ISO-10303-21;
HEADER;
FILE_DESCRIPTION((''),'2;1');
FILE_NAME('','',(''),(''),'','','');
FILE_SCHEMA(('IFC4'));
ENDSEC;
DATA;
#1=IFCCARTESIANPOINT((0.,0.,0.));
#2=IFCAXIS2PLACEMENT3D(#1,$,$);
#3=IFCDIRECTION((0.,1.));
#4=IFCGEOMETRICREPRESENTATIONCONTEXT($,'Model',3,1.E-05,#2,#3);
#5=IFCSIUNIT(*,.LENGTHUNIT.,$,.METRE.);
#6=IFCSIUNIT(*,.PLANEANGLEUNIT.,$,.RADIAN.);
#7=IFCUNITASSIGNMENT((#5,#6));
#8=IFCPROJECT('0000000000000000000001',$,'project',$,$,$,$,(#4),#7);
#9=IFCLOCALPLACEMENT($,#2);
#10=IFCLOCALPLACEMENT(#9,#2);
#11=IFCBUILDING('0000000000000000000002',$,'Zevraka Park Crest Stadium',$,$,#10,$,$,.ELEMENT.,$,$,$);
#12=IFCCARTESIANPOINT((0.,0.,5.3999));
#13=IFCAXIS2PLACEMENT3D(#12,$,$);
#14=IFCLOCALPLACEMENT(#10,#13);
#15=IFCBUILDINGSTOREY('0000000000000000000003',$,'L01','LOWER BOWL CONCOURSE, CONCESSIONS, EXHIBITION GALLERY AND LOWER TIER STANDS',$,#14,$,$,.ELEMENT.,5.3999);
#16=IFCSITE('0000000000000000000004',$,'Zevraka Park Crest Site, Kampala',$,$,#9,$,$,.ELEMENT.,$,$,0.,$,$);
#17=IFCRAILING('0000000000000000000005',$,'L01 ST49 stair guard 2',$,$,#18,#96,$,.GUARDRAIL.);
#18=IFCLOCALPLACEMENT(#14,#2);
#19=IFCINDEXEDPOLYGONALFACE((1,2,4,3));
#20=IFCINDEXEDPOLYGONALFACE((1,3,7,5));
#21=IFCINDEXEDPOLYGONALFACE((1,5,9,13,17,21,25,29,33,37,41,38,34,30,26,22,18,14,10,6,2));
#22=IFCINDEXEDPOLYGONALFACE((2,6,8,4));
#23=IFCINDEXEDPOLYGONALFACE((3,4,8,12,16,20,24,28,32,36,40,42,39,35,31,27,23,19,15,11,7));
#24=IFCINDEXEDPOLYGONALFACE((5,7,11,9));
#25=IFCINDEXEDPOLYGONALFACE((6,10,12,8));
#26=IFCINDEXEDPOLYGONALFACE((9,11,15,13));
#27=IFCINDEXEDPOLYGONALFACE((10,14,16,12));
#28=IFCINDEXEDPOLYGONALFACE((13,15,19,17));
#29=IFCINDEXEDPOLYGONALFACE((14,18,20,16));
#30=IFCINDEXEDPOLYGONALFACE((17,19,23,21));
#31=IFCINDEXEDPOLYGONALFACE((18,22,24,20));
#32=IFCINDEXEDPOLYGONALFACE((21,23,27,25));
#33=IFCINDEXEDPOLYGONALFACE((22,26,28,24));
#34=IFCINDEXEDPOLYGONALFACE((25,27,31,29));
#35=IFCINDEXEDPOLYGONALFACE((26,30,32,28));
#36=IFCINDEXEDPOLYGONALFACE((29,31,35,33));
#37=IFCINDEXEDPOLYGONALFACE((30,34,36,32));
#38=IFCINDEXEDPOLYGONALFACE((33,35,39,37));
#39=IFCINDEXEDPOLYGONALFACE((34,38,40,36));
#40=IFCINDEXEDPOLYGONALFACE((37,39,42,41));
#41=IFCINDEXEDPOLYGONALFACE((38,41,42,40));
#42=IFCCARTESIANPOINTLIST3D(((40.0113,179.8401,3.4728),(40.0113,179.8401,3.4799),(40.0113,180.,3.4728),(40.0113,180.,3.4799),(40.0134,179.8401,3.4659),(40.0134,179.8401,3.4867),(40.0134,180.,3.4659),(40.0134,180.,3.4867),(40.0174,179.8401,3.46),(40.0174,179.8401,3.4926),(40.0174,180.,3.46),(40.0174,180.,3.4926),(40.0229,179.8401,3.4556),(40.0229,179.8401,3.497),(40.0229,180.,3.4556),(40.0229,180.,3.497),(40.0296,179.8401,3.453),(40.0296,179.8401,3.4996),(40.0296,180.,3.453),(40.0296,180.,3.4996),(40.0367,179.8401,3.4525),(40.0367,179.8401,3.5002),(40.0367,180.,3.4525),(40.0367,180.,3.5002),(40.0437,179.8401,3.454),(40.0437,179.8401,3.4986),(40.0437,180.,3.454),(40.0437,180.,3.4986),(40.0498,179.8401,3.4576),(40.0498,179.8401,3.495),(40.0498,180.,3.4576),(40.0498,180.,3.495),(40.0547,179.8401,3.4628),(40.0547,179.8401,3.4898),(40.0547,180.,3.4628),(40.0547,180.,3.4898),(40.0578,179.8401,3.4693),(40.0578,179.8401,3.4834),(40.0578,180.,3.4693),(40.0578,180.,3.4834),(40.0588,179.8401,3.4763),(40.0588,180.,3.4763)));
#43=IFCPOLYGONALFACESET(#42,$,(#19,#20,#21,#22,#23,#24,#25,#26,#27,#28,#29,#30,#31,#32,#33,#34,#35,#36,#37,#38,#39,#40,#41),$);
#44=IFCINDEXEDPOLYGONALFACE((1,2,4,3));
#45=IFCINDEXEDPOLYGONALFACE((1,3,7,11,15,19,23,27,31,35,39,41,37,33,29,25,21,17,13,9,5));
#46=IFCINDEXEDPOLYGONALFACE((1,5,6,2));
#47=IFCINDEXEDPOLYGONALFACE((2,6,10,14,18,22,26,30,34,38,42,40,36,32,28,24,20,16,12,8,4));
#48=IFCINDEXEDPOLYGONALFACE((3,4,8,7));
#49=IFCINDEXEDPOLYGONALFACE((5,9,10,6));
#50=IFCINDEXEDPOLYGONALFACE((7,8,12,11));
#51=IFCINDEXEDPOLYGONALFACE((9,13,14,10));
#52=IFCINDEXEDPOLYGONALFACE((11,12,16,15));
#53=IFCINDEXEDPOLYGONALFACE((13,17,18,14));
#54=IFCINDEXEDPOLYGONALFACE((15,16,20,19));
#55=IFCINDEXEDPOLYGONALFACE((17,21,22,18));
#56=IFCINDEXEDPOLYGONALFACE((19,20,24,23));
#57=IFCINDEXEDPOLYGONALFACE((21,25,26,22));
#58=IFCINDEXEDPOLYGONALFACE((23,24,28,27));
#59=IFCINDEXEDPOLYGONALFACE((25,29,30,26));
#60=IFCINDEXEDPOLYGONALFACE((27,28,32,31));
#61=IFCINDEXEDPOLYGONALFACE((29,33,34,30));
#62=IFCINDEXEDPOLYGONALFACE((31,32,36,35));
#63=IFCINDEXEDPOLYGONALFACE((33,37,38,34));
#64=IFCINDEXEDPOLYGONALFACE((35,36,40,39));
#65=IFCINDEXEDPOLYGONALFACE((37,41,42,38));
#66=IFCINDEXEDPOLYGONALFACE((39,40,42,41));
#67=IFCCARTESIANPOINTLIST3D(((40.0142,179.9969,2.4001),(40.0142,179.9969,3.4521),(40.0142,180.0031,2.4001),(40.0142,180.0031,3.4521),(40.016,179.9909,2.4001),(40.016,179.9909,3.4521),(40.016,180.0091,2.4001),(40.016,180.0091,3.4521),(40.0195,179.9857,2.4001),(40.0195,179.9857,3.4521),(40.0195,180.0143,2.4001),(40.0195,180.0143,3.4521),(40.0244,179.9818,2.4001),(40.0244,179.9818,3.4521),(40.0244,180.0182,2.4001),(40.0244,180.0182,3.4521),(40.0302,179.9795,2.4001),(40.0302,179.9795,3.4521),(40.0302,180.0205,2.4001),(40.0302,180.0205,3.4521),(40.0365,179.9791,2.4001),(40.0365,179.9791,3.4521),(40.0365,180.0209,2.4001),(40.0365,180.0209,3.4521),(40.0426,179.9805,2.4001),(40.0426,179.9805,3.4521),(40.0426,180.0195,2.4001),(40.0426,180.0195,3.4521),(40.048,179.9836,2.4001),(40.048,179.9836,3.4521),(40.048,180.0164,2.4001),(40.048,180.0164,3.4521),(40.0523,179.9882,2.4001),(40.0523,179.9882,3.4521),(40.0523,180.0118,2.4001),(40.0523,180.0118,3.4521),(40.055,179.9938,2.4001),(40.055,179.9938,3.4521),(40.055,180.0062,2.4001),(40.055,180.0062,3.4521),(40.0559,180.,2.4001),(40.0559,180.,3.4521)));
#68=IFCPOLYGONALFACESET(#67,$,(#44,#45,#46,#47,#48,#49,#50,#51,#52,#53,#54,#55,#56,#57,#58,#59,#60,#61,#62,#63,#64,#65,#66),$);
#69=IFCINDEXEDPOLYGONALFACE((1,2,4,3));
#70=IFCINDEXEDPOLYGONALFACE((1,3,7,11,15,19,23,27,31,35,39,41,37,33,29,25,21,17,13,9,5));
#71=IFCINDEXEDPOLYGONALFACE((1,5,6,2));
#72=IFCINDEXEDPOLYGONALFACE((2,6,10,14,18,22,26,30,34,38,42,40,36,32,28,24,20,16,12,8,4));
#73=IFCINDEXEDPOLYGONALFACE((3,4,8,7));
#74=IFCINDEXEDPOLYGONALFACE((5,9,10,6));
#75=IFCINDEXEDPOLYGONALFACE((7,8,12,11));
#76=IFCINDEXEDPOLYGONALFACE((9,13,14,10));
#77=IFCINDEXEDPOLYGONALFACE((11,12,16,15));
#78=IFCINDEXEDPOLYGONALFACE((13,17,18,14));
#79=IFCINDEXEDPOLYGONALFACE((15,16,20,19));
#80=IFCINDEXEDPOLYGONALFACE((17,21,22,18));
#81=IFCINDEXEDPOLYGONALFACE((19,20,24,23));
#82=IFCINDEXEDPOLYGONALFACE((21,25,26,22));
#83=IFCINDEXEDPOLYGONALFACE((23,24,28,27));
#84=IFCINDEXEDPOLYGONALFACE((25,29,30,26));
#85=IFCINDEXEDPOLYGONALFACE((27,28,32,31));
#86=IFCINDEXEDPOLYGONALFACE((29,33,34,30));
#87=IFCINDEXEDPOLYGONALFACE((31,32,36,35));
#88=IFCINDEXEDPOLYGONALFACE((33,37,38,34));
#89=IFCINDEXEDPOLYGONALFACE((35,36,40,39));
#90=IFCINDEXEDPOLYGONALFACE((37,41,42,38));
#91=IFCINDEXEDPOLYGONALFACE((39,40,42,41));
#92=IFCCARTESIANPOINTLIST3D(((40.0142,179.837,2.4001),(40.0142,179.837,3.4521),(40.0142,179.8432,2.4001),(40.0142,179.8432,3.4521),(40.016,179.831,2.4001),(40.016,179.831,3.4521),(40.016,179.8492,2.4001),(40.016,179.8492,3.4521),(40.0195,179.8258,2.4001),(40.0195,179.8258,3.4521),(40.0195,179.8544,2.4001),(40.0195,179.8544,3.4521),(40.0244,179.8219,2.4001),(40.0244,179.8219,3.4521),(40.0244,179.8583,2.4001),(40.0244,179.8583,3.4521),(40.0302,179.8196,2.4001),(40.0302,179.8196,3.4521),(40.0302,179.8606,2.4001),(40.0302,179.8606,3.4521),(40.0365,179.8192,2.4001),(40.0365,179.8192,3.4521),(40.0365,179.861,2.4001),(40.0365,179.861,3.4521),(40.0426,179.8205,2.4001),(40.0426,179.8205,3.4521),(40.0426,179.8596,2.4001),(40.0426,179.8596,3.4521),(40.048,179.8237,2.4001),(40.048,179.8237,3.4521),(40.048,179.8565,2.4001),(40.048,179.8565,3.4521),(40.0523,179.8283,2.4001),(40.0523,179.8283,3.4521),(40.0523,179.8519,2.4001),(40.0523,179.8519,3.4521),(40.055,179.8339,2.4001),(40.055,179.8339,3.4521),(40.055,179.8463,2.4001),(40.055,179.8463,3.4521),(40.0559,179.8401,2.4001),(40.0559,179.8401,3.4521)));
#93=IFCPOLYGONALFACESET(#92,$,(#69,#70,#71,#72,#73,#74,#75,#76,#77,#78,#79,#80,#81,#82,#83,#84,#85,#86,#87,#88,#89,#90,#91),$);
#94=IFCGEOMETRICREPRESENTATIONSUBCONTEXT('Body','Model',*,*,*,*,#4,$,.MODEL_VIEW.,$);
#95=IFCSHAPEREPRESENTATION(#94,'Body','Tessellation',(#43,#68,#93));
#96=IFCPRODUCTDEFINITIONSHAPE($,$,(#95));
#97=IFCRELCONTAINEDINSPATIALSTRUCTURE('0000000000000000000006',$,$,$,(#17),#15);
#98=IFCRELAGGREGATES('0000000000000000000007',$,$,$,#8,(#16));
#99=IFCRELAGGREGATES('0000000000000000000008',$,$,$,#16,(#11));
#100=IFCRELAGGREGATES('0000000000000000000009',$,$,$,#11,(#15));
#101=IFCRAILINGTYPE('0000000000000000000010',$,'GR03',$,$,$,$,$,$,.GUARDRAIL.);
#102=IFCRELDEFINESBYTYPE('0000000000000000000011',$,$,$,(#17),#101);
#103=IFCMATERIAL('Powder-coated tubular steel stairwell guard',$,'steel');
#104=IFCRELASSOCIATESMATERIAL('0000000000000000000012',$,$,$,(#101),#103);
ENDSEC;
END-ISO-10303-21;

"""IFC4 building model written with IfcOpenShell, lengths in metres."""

from ifc_helpers import new_model, si_unit, direction, frame, origin, origin_2d, place, context, subcontext, project, spatial, circle, extrude, material, type_object, element, save


model = new_model("IFC4")

# Units and contexts
model_context = context("Model", 3, precision=1e-05, world=origin(), true_north=direction((0.0, 1.0)))
body_context = subcontext(model_context, "Body", "Model", "MODEL_VIEW")
ifc_project = project(units=[si_unit("LENGTHUNIT", "METRE"), si_unit("PLANEANGLEUNIT", "RADIAN")], contexts=[model_context])

# Site, building, storey
site_placement = place(None, origin())
site = spatial("IfcSite", under=ifc_project, at=site_placement, Name="Zevraka Park Crest Site, Kampala", CompositionType="ELEMENT", RefElevation=0.0)
building_placement = place(site_placement, origin())
building = spatial("IfcBuilding", under=site, at=building_placement, Name="Zevraka Park Crest Stadium", CompositionType="ELEMENT")
storey_placement = place(building_placement, frame((0.0, 0.0, 5.3999)))
storey = spatial("IfcBuildingStorey", under=building, at=storey_placement, Name="L01", Description="LOWER BOWL CONCOURSE, CONCESSIONS, EXHIBITION GALLERY AND LOWER TIER STANDS", CompositionType="ELEMENT", Elevation=5.3999)

# Railing
ifc_material_1 = material(Name="Powder-coated tubular steel stairwell guard", Category="steel")
railing_type_1 = type_object("IfcRailingType", Name="GR03", PredefinedType="GUARDRAIL", material=ifc_material_1)
railing_1_placement = place(storey_placement, frame((40.0349, 180.0, 2.4001)))
element("IfcRailing", 1, at=railing_1_placement, inside=storey, type_object=railing_type_1, Name="L01 ST49 stair guard 2", PredefinedType="GUARDRAIL", context=body_context, shape_type="SweptSolid", body=[
    extrude(circle(Radius=0.0239, at=origin_2d()), frame((0.0, 0.0, 1.0762), z_axis=(0.0, -1.0, 0.0), x_axis=(1.0, 0.0, 0.0)), (0.0, 0.0, 1.0), 0.1599),
    extrude(circle(Radius=0.021, at=origin_2d()), origin(), (0.0, 0.0, 1.0), 1.052),
    extrude(circle(Radius=0.021, at=origin_2d()), frame((0.0, -0.1599, 0.0)), (0.0, 0.0, 1.0), 1.052),
])

save(model, "model.ifc")
